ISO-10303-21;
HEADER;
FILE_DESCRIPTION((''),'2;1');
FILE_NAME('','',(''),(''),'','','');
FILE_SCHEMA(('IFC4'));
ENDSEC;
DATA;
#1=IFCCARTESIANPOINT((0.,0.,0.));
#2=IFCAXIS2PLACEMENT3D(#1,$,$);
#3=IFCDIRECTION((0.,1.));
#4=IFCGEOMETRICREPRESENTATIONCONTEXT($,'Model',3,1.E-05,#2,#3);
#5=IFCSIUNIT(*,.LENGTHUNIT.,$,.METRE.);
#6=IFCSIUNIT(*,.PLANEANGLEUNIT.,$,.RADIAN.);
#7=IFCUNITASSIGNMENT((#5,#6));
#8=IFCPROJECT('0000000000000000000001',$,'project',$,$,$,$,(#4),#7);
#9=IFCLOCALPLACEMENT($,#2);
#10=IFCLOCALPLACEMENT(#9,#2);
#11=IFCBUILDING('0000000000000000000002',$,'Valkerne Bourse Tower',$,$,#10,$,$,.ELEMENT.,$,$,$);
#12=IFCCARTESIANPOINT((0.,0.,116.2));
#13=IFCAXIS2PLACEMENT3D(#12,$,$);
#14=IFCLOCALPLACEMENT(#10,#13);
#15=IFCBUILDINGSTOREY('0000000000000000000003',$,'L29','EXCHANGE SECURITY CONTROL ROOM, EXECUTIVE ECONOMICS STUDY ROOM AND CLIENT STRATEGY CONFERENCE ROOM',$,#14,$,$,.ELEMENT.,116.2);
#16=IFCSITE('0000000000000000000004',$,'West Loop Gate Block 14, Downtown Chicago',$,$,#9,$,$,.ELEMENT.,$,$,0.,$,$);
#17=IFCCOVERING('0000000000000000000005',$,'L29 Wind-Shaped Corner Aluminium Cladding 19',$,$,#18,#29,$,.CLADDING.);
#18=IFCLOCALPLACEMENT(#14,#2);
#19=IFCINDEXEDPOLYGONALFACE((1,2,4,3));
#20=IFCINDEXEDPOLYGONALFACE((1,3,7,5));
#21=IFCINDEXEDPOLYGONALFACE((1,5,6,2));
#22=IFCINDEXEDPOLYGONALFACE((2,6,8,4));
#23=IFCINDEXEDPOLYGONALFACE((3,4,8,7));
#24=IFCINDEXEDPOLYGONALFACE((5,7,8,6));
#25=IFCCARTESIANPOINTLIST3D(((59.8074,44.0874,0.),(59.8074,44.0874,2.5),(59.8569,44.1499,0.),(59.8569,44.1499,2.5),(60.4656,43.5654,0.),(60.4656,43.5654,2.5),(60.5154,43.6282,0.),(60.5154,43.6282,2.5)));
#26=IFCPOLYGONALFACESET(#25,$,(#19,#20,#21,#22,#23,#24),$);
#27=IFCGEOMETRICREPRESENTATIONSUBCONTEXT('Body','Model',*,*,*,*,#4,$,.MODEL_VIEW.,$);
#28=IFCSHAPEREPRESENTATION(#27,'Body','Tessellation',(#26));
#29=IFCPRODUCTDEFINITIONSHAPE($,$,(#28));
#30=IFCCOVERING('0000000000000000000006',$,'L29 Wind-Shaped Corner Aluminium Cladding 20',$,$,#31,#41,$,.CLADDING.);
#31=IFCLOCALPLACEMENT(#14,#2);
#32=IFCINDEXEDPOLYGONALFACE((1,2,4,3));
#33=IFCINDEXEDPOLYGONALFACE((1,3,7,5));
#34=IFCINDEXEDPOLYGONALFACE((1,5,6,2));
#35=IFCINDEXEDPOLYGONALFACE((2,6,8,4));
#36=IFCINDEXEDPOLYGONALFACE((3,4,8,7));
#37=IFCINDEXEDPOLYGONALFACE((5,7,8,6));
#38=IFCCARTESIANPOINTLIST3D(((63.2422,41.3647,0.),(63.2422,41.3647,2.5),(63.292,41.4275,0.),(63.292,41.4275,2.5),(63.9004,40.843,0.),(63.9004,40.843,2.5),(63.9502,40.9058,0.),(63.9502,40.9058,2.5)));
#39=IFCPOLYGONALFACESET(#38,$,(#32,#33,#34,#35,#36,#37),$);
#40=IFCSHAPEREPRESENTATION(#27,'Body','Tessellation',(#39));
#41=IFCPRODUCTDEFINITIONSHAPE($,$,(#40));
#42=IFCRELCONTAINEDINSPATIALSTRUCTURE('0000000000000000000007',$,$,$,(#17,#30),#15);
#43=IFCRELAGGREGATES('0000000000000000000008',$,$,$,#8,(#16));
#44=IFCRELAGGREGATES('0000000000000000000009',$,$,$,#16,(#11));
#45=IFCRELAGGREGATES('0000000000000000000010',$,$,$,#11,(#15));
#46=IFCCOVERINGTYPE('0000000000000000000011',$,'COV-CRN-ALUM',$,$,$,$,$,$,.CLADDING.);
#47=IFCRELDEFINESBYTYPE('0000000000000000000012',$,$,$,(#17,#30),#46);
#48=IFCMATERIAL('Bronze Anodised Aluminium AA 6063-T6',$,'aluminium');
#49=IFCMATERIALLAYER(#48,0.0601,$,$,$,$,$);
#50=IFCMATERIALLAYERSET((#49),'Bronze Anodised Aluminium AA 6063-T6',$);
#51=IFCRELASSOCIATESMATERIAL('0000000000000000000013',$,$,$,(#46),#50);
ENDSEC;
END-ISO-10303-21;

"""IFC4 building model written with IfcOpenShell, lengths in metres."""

from ifc_helpers import new_model, si_unit, direction, frame, origin, place, context, subcontext, project, spatial, polyline, outline, extrude, material, layer, layer_set, type_object, element, save


model = new_model("IFC4")

# Units and contexts
model_context = context("Model", 3, precision=1e-05, world=origin(), true_north=direction((0.0, 1.0)))
body_context = subcontext(model_context, "Body", "Model", "MODEL_VIEW")
ifc_project = project(units=[si_unit("LENGTHUNIT", "METRE"), si_unit("PLANEANGLEUNIT", "RADIAN")], contexts=[model_context])

# Site, building, storey
site_placement = place(None, origin())
site = spatial("IfcSite", under=ifc_project, at=site_placement, Name="West Loop Gate Block 14, Downtown Chicago", CompositionType="ELEMENT", RefElevation=0.0)
building_placement = place(site_placement, origin())
building = spatial("IfcBuilding", under=site, at=building_placement, Name="Valkerne Bourse Tower", CompositionType="ELEMENT")
storey_placement = place(building_placement, frame((0.0, 0.0, 116.2)))
storey = spatial("IfcBuildingStorey", under=building, at=storey_placement, Name="L29", Description="EXCHANGE SECURITY CONTROL ROOM, EXECUTIVE ECONOMICS STUDY ROOM AND CLIENT STRATEGY CONFERENCE ROOM", CompositionType="ELEMENT", Elevation=116.2)

# Coverings
ifc_material_1 = material(Name="Bronze Anodised Aluminium AA 6063-T6", Category="aluminium")
ifc_layer_1 = layer(ifc_material_1, 0.0601)
ifc_layer_set_1 = layer_set([ifc_layer_1], Name="Bronze Anodised Aluminium AA 6063-T6")
covering_type = type_object("IfcCoveringType", Name="COV-CRN-ALUM", PredefinedType="CLADDING", material=ifc_layer_set_1)
covering_1_placement = place(storey_placement, origin())
element("IfcCovering", 1, at=covering_1_placement, inside=storey, type_object=covering_type, Name="L29 Wind-Shaped Corner Aluminium Cladding 19", PredefinedType="CLADDING", context=body_context, shape_type="SweptSolid", body=[
    extrude(outline(polyline([(60.5154, 43.6282), (60.4656, 43.5654), (59.8074, 44.0874), (59.8569, 44.1499), (60.5154, 43.6282)])), origin(), (0.0, 0.0, 1.0), 2.5),
])
covering_2_placement = place(storey_placement, origin())
element("IfcCovering", 2, at=covering_2_placement, inside=storey, type_object=covering_type, Name="L29 Wind-Shaped Corner Aluminium Cladding 20", PredefinedType="CLADDING", context=body_context, shape_type="SweptSolid", body=[
    extrude(outline(polyline([(63.9502, 40.9058), (63.9004, 40.843), (63.2422, 41.3647), (63.292, 41.4275), (63.9502, 40.9058)])), origin(), (0.0, 0.0, 1.0), 2.5),
])

save(model, "model.ifc")
